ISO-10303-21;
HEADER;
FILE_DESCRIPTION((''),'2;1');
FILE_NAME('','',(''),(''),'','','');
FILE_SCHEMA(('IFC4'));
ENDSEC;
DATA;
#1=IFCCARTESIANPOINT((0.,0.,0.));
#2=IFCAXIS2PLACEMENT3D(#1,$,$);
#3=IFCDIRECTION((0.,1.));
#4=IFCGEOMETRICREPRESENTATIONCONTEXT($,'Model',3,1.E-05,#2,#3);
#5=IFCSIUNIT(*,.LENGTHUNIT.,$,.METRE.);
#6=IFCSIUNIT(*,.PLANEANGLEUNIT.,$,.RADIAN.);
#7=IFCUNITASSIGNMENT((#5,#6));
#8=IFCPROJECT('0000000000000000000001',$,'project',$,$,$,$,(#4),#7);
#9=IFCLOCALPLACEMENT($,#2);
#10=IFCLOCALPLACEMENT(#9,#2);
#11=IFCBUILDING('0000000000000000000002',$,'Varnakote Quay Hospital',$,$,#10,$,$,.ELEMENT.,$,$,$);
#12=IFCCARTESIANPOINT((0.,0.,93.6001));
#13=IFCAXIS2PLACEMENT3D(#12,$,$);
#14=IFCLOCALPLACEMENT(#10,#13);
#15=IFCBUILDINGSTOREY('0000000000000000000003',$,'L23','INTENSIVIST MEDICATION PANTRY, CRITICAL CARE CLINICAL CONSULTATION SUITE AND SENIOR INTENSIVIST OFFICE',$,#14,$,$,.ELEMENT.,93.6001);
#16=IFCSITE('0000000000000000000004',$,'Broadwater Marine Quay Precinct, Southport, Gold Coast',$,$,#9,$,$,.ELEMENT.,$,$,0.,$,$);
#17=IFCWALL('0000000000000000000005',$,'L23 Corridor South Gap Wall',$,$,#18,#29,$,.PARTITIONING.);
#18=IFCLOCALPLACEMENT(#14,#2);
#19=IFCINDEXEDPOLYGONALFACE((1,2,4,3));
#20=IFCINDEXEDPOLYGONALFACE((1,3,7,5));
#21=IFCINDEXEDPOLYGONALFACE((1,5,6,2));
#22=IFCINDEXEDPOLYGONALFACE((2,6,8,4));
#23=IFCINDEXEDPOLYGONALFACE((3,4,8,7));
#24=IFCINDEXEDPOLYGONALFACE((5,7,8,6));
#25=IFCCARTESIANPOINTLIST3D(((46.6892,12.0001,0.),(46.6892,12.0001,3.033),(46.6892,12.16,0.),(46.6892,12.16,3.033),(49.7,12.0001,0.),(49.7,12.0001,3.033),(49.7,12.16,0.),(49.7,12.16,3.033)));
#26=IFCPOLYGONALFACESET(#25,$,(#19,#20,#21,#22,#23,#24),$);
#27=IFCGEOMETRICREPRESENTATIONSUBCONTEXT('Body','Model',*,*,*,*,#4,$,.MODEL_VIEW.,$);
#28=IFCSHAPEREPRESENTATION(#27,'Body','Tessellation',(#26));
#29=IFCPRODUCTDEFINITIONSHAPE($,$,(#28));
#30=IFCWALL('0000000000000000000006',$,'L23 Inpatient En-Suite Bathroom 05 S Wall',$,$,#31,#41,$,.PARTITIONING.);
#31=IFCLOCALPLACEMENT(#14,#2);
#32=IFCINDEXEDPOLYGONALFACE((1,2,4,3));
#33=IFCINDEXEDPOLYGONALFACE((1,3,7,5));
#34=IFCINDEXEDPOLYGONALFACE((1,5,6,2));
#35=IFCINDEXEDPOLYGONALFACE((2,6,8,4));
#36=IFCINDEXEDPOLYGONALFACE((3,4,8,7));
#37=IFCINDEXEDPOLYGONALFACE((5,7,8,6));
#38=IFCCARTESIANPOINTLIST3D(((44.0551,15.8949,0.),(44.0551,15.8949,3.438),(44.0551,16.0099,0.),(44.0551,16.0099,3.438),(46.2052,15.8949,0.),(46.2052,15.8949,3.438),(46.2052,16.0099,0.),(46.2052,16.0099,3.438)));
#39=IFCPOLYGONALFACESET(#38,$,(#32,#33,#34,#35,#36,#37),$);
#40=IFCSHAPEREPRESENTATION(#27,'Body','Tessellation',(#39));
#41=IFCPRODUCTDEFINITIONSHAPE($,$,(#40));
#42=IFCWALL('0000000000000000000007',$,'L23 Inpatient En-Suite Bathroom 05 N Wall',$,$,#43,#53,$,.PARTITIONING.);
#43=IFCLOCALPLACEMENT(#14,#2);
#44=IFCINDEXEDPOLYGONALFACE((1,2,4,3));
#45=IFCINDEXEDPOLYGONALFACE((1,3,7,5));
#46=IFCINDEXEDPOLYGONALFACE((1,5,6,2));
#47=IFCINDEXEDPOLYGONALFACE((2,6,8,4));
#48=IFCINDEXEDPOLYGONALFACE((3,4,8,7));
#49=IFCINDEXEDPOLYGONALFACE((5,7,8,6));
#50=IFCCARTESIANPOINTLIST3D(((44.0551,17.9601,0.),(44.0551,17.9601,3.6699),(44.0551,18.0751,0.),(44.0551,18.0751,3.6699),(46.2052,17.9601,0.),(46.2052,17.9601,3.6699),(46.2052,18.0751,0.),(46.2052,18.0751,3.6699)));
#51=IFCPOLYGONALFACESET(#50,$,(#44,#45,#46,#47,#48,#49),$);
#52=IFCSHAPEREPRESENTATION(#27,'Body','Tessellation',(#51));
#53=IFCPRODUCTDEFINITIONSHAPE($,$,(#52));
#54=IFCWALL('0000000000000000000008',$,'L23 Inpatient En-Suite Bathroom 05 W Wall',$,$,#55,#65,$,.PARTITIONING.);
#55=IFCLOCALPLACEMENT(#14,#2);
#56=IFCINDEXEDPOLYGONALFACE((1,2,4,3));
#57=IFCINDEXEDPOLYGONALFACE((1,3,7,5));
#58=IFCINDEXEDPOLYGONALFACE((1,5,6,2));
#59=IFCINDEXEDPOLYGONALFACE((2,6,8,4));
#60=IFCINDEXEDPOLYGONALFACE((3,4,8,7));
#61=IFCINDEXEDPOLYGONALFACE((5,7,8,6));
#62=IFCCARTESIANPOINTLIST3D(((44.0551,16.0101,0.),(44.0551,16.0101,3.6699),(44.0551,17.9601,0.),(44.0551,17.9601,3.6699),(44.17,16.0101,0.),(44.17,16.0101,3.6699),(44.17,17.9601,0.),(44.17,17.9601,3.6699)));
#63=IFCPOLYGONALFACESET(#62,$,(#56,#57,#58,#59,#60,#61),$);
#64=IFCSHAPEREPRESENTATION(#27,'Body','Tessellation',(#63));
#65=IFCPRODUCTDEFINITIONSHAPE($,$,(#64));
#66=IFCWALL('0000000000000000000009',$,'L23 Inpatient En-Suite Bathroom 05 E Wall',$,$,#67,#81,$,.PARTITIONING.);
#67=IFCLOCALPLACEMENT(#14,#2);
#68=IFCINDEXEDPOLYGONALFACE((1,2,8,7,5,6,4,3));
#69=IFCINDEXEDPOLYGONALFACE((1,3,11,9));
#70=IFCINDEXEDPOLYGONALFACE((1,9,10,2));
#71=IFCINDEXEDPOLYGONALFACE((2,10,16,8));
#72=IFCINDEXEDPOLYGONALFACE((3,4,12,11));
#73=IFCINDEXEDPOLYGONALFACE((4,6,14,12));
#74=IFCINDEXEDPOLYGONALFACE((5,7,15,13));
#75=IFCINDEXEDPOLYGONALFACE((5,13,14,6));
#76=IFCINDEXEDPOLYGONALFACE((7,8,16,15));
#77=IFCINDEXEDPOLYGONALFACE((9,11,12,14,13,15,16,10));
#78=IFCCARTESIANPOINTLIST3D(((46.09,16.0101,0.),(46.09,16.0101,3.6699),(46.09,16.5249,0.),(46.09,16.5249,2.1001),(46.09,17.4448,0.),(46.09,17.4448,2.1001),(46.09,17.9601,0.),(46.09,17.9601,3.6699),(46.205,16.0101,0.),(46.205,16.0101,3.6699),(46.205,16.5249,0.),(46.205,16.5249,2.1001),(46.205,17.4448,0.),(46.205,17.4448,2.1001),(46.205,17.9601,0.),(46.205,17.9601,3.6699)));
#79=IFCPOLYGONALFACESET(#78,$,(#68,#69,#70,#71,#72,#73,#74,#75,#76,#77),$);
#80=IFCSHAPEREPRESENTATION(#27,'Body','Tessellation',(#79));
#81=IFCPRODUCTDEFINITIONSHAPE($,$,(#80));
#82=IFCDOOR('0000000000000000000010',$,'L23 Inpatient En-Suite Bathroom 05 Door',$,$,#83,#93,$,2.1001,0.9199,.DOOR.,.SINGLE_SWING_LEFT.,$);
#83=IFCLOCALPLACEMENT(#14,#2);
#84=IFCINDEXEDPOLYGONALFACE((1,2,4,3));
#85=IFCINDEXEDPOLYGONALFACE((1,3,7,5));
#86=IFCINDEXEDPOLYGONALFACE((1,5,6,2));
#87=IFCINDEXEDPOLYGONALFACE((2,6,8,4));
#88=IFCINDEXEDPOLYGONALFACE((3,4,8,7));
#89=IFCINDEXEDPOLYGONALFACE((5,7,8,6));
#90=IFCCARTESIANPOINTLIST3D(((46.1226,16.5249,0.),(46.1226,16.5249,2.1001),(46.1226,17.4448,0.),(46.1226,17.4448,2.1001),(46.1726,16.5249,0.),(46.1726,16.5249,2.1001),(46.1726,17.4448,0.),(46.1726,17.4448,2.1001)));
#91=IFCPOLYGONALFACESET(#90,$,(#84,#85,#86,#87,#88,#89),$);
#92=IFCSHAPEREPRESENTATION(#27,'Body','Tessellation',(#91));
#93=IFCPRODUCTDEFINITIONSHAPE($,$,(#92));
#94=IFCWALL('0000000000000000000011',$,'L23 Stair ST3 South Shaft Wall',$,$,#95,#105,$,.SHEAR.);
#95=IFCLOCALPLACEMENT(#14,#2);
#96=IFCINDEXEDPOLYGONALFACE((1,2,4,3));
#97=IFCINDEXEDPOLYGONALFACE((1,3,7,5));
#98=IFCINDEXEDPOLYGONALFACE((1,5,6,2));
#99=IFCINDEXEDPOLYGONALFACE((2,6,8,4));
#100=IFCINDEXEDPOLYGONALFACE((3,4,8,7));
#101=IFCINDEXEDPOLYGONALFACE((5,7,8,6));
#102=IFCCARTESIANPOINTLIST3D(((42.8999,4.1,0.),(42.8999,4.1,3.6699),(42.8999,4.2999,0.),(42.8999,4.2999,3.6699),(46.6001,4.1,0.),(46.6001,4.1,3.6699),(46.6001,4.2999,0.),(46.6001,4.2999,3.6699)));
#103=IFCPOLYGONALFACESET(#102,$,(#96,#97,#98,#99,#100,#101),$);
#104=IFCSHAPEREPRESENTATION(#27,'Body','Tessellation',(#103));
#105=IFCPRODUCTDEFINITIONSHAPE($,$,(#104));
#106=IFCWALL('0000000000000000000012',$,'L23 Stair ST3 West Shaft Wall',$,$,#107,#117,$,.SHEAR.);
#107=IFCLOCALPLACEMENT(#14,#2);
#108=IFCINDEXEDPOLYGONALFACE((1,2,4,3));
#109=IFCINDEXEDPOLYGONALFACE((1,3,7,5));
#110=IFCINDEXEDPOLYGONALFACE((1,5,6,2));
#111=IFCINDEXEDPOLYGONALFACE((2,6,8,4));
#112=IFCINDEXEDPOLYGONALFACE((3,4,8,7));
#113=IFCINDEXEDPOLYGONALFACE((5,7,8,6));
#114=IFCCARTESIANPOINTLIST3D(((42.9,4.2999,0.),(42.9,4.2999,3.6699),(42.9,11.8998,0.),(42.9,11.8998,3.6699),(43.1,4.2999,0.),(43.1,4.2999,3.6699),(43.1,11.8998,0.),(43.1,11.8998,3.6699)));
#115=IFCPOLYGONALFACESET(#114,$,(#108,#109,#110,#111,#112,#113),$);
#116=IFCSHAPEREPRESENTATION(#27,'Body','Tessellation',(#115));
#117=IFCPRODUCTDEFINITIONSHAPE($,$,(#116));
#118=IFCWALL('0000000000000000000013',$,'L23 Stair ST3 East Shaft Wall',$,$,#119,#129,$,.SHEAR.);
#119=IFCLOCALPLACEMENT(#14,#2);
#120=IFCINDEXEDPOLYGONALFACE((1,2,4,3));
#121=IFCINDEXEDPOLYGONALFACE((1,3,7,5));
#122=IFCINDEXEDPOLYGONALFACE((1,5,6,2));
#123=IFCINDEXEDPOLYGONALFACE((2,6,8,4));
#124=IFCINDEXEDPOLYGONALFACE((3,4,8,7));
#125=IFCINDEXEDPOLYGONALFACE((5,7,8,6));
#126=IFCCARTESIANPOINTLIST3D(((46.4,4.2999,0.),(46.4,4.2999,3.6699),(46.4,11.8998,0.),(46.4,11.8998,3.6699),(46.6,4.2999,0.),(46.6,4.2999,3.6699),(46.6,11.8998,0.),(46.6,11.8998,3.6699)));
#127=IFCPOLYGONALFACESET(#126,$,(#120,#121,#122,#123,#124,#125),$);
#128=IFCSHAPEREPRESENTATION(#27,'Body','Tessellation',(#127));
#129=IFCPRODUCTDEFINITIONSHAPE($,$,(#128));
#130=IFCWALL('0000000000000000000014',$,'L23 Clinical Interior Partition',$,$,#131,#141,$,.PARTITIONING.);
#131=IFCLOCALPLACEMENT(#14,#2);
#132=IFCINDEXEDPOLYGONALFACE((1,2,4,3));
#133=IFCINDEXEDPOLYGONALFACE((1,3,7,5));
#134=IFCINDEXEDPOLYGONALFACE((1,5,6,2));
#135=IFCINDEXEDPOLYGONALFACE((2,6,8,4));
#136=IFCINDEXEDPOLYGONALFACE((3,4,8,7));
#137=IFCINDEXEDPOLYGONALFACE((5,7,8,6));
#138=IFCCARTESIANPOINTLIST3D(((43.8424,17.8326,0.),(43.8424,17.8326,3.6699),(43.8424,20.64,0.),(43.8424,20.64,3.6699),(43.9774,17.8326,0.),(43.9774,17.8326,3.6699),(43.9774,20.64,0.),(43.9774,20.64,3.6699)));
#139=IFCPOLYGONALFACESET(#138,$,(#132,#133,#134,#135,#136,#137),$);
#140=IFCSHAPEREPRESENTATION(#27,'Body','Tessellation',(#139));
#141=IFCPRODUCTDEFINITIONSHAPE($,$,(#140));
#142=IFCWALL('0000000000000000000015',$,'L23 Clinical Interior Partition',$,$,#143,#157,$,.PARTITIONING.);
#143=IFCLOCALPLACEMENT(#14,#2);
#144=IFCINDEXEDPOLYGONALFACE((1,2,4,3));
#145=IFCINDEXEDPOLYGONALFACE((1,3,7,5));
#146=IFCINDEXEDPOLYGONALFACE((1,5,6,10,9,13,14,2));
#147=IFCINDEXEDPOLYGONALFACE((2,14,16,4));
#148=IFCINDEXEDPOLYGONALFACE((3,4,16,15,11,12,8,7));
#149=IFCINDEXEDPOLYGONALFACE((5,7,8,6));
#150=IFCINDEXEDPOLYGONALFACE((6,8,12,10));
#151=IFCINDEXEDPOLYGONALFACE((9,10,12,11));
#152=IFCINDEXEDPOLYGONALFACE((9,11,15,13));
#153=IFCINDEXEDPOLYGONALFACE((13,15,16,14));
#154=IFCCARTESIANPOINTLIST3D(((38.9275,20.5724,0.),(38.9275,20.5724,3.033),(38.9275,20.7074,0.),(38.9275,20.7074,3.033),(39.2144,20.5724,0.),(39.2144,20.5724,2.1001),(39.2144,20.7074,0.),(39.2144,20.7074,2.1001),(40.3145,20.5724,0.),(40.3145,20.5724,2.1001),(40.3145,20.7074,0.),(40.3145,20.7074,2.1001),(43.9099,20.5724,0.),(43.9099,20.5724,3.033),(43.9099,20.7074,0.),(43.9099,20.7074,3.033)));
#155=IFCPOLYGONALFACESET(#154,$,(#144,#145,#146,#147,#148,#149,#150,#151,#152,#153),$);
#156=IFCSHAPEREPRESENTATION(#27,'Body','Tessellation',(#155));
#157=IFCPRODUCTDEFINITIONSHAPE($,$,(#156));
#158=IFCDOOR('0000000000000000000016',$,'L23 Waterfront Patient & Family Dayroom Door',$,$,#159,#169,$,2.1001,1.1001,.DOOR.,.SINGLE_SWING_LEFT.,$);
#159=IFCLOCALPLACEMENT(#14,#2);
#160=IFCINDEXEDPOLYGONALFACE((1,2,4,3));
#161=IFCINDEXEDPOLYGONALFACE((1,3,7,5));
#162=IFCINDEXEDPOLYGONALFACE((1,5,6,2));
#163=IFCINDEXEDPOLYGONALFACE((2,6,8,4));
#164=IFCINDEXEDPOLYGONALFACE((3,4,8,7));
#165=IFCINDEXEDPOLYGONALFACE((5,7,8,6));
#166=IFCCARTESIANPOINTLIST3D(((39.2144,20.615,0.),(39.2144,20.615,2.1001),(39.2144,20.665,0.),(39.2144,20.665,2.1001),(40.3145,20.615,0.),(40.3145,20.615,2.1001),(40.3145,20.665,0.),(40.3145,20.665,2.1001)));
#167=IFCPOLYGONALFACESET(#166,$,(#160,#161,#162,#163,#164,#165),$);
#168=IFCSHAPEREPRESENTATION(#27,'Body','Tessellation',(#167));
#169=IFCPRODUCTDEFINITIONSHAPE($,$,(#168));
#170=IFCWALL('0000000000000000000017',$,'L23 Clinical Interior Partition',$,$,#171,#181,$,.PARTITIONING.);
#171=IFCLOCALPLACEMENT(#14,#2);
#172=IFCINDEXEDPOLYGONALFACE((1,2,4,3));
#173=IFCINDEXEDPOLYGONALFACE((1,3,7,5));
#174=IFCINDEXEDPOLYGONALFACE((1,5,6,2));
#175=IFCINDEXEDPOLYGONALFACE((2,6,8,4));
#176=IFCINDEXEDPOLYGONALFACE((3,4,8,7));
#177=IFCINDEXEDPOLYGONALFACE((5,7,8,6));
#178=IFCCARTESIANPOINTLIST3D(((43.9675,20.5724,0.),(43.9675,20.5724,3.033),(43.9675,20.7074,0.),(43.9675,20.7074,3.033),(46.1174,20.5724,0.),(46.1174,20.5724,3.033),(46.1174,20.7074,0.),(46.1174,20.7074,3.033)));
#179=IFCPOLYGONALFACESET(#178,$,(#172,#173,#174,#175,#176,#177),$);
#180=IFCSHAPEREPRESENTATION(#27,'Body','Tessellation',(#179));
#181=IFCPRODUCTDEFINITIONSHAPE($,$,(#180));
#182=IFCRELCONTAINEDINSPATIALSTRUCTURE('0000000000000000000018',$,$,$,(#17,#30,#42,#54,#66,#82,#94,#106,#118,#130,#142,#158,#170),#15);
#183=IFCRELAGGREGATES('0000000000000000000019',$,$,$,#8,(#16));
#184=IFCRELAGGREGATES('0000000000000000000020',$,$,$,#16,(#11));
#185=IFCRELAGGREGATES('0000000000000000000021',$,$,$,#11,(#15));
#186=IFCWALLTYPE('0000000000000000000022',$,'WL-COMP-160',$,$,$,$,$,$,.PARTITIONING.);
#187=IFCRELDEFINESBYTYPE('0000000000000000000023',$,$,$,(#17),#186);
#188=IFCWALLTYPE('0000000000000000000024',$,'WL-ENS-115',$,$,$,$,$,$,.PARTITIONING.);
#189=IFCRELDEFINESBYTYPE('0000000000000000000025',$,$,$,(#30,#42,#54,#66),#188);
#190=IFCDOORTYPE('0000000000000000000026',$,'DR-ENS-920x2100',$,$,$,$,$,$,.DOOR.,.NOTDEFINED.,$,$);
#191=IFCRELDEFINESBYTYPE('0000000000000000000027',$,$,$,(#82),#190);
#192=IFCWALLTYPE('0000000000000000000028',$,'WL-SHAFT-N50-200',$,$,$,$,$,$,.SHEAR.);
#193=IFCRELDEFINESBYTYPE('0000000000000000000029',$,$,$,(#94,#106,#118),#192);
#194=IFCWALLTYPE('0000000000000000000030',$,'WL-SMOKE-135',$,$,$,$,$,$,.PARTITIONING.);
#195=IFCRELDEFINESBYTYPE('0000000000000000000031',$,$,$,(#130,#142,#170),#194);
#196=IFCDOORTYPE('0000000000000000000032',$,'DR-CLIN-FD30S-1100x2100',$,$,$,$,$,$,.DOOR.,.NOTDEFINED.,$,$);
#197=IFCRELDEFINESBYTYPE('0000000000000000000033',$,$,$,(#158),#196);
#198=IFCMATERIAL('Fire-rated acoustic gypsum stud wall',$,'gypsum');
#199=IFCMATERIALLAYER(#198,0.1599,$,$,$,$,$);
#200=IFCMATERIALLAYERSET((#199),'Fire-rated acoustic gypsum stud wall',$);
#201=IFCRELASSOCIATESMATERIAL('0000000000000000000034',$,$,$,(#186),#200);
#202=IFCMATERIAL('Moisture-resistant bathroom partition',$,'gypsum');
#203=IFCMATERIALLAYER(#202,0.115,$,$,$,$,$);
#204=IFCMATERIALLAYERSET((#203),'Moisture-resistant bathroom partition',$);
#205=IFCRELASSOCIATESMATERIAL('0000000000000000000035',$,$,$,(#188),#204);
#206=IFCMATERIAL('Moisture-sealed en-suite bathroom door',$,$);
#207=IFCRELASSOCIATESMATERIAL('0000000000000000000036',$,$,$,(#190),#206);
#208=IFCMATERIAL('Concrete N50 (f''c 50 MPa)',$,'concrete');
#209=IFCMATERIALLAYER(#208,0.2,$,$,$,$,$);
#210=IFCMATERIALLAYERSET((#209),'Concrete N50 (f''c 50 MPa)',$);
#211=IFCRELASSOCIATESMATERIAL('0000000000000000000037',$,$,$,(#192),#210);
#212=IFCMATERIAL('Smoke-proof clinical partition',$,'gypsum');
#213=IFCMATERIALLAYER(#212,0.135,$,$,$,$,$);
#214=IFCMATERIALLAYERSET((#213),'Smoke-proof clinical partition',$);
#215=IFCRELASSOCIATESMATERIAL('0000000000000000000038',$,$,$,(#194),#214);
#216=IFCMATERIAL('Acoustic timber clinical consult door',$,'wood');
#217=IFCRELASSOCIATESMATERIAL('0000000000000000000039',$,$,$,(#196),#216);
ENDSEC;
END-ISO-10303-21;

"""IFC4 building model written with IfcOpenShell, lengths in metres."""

from ifc_helpers import new_model, si_unit, direction, frame, frame_2d, origin, place, context, subcontext, project, spatial, rectangle, extrude, material, layer, layer_set, type_object, element, fill, save


model = new_model("IFC4")

# Units and contexts
model_context = context("Model", 3, precision=1e-05, world=origin(), true_north=direction((0.0, 1.0)))
body_context = subcontext(model_context, "Body", "Model", "MODEL_VIEW")
ifc_project = project(units=[si_unit("LENGTHUNIT", "METRE"), si_unit("PLANEANGLEUNIT", "RADIAN")], contexts=[model_context])

# Site, building, storey
site_placement = place(None, origin())
site = spatial("IfcSite", under=ifc_project, at=site_placement, Name="Broadwater Marine Quay Precinct, Southport, Gold Coast", CompositionType="ELEMENT", RefElevation=0.0)
building_placement = place(site_placement, origin())
building = spatial("IfcBuilding", under=site, at=building_placement, Name="Varnakote Quay Hospital", CompositionType="ELEMENT")
storey_placement = place(building_placement, frame((0.0, 0.0, 93.6001)))
storey = spatial("IfcBuildingStorey", under=building, at=storey_placement, Name="L23", Description="INTENSIVIST MEDICATION PANTRY, CRITICAL CARE CLINICAL CONSULTATION SUITE AND SENIOR INTENSIVIST OFFICE", CompositionType="ELEMENT", Elevation=93.6001)

# Walls
ifc_material_1 = material(Name="Fire-rated acoustic gypsum stud wall", Category="gypsum")
ifc_layer_1 = layer(ifc_material_1, 0.1599)
ifc_layer_set_1 = layer_set([ifc_layer_1], Name="Fire-rated acoustic gypsum stud wall")
wall_type_1 = type_object("IfcWallType", Name="WL-COMP-160", PredefinedType="PARTITIONING", material=ifc_layer_set_1)
wall_1_placement = place(storey_placement, frame((46.6892, 12.0801, 0.0), z_axis=(0.0, 0.0, 1.0), x_axis=(1.0, 0.0, 0.0)))
element("IfcWall", 1, at=wall_1_placement, inside=storey, type_object=wall_type_1, Name="L23 Corridor South Gap Wall", PredefinedType="PARTITIONING", context=body_context, shape_type="SweptSolid", body=[
    extrude(rectangle(XDim=3.0107, YDim=0.1599, at=frame_2d((1.5054, 0.0))), origin(), (0.0, 0.0, 1.0), 3.033),
])
ifc_material_2 = material(Name="Moisture-resistant bathroom partition", Category="gypsum")
ifc_layer_2 = layer(ifc_material_2, 0.115)
ifc_layer_set_2 = layer_set([ifc_layer_2], Name="Moisture-resistant bathroom partition")
wall_type_2 = type_object("IfcWallType", Name="WL-ENS-115", PredefinedType="PARTITIONING", material=ifc_layer_set_2)
wall_2_placement = place(storey_placement, frame((44.0549, 15.9524, 0.0), z_axis=(0.0, 0.0, 1.0), x_axis=(1.0, 0.0, 0.0)))
element("IfcWall", 2, at=wall_2_placement, inside=storey, type_object=wall_type_2, Name="L23 Inpatient En-Suite Bathroom 05 S Wall", PredefinedType="PARTITIONING", context=body_context, shape_type="SweptSolid", body=[
    extrude(rectangle(XDim=2.1501, YDim=0.115, at=frame_2d((1.0752, 0.0))), origin(), (0.0, 0.0, 1.0), 3.438),
])
wall_3_placement = place(storey_placement, frame((44.0549, 18.0176, 0.0), z_axis=(0.0, 0.0, 1.0), x_axis=(1.0, 0.0, 0.0)))
element("IfcWall", 3, at=wall_3_placement, inside=storey, type_object=wall_type_2, Name="L23 Inpatient En-Suite Bathroom 05 N Wall", PredefinedType="PARTITIONING", context=body_context, shape_type="SweptSolid", body=[
    extrude(rectangle(XDim=2.1501, YDim=0.115, at=frame_2d((1.0752, 0.0))), origin(), (0.0, 0.0, 1.0), 3.6699),
])
wall_4_placement = place(storey_placement, frame((44.1125, 16.01, 0.0), z_axis=(0.0, 0.0, 1.0), x_axis=(0.0, 1.0, 0.0)))
element("IfcWall", 4, at=wall_4_placement, inside=storey, type_object=wall_type_2, Name="L23 Inpatient En-Suite Bathroom 05 W Wall", PredefinedType="PARTITIONING", context=body_context, shape_type="SweptSolid", body=[
    extrude(rectangle(XDim=1.95, YDim=0.115, at=frame_2d((0.9751, 0.0))), origin(), (0.0, 0.0, 1.0), 3.6699),
])

# Wall, opening, door
wall_5_placement = place(storey_placement, frame((46.1475, 16.01, 0.0), z_axis=(0.0, 0.0, 1.0), x_axis=(0.0, 1.0, 0.0)))
wall_5 = element("IfcWall", 5, at=wall_5_placement, inside=storey, type_object=wall_type_2, Name="L23 Inpatient En-Suite Bathroom 05 E Wall", PredefinedType="PARTITIONING", context=body_context, shape_type="SweptSolid", body=[
    extrude(rectangle(XDim=1.95, YDim=0.115, at=frame_2d((0.9751, 0.0))), origin(), (0.0, 0.0, 1.0), 3.6699),
])
opening_1_placement = place(wall_5_placement, frame((0.5149, 0.0, 0.0)))
opening_1 = element("IfcOpeningElement", 6, at=opening_1_placement, cuts=wall_5, PredefinedType="OPENING", context=body_context, shape_type="SweptSolid", body=[
    extrude(rectangle(XDim=0.9199, YDim=2.1001, at=frame_2d((0.46, 1.05))), frame((0.0, 0.0674, 0.0), z_axis=(0.0, -1.0, 0.0), x_axis=(1.0, 0.0, 0.0)), (0.0, 0.0, 1.0), 0.135),
])
ifc_material_3 = material(Name="Moisture-sealed en-suite bathroom door")
door_type_1 = type_object("IfcDoorType", Name="DR-ENS-920x2100", OperationType="NOTDEFINED", PredefinedType="DOOR", material=ifc_material_3)
door_1_placement = place(opening_1_placement, origin())
door_1 = element("IfcDoor", 7, at=door_1_placement, inside=storey, type_object=door_type_1, Name="L23 Inpatient En-Suite Bathroom 05 Door", OperationType="SINGLE_SWING_LEFT", OverallHeight=2.1001, OverallWidth=0.9199, PredefinedType="DOOR", context=body_context, shape_type="SweptSolid", body=[
    extrude(rectangle(XDim=0.9199, YDim=2.1001, at=frame_2d((0.46, 1.05))), frame((0.0, 0.0249, 0.0), z_axis=(0.0, -1.0, 0.0), x_axis=(1.0, 0.0, 0.0)), (0.0, 0.0, 1.0), 0.05),
])
fill(opening_1, door_1)

# Walls
ifc_material_4 = material(Name="Concrete N50 (f'c 50 MPa)", Category="concrete")
ifc_layer_3 = layer(ifc_material_4, 0.2)
ifc_layer_set_3 = layer_set([ifc_layer_3], Name="Concrete N50 (f'c 50 MPa)")
wall_type_3 = type_object("IfcWallType", Name="WL-SHAFT-N50-200", PredefinedType="SHEAR", material=ifc_layer_set_3)
wall_6_placement = place(storey_placement, frame((42.8999, 4.2, 0.0), z_axis=(0.0, 0.0, 1.0), x_axis=(1.0, 0.0, 0.0)))
element("IfcWall", 8, at=wall_6_placement, inside=storey, type_object=wall_type_3, Name="L23 Stair ST3 South Shaft Wall", PredefinedType="SHEAR", context=body_context, shape_type="SweptSolid", body=[
    extrude(rectangle(XDim=3.7002, YDim=0.2, at=frame_2d((1.8501, 0.0))), origin(), (0.0, 0.0, 1.0), 3.6699),
])
for number, where, z_axis, x_axis, name in (
    (9, (43.0, 4.3, 0.0), (0.0, 0.0, 1.0), (0.0, 1.0, 0.0), "L23 Stair ST3 West Shaft Wall"),
    (10, (46.5, 4.3, 0.0), (0.0, 0.0, 1.0), (0.0, 1.0, 0.0), "L23 Stair ST3 East Shaft Wall"),
):
    element("IfcWall", number, at=place(storey_placement, frame(where, z_axis=z_axis, x_axis=x_axis)), inside=storey, type_object=wall_type_3, Name=name, PredefinedType="SHEAR", context=body_context, shape_type="SweptSolid", body=[
        extrude(rectangle(XDim=7.5999, YDim=0.2, at=frame_2d((3.7998, 0.0))), origin(), (0.0, 0.0, 1.0), 3.6699),
    ])

# Wall
ifc_material_5 = material(Name="Smoke-proof clinical partition", Category="gypsum")
ifc_layer_4 = layer(ifc_material_5, 0.135)
ifc_layer_set_4 = layer_set([ifc_layer_4], Name="Smoke-proof clinical partition")
wall_type_4 = type_object("IfcWallType", Name="WL-SMOKE-135", PredefinedType="PARTITIONING", material=ifc_layer_set_4)
wall_7_placement = place(storey_placement, frame((43.9099, 17.8325, 0.0), z_axis=(0.0, 0.0, 1.0), x_axis=(0.0, 1.0, 0.0)))
element("IfcWall", 11, at=wall_7_placement, inside=storey, type_object=wall_type_4, Name="L23 Clinical Interior Partition", PredefinedType="PARTITIONING", context=body_context, shape_type="SweptSolid", body=[
    extrude(rectangle(XDim=2.8074, YDim=0.135, at=frame_2d((1.4038, 0.0))), origin(), (0.0, 0.0, 1.0), 3.6699),
])

# Wall, opening, door
wall_8_placement = place(storey_placement, frame((43.9099, 20.6399, 0.0), z_axis=(0.0, 0.0, 1.0), x_axis=(-1.0, 0.0, 0.0)))
wall_8 = element("IfcWall", 12, at=wall_8_placement, inside=storey, type_object=wall_type_4, Name="L23 Clinical Interior Partition", PredefinedType="PARTITIONING", context=body_context, shape_type="SweptSolid", body=[
    extrude(rectangle(XDim=4.9824, YDim=0.135, at=frame_2d((2.4912, 0.0))), origin(), (0.0, 0.0, 1.0), 3.033),
])
opening_2_placement = place(wall_8_placement, frame((3.5955, 0.0, 0.0)))
opening_2 = element("IfcOpeningElement", 13, at=opening_2_placement, cuts=wall_8, PredefinedType="OPENING", context=body_context, shape_type="SweptSolid", body=[
    extrude(rectangle(XDim=1.1001, YDim=2.1001, at=frame_2d((0.55, 1.05))), frame((0.0, 0.0774, 0.0), z_axis=(0.0, -1.0, 0.0), x_axis=(1.0, 0.0, 0.0)), (0.0, 0.0, 1.0), 0.155),
])
ifc_material_6 = material(Name="Acoustic timber clinical consult door", Category="wood")
door_type_2 = type_object("IfcDoorType", Name="DR-CLIN-FD30S-1100x2100", OperationType="NOTDEFINED", PredefinedType="DOOR", material=ifc_material_6)
door_2_placement = place(opening_2_placement, origin())
door_2 = element("IfcDoor", 14, at=door_2_placement, inside=storey, type_object=door_type_2, Name="L23 Waterfront Patient & Family Dayroom Door", OperationType="SINGLE_SWING_LEFT", OverallHeight=2.1001, OverallWidth=1.1001, PredefinedType="DOOR", context=body_context, shape_type="SweptSolid", body=[
    extrude(rectangle(XDim=1.1001, YDim=2.1001, at=frame_2d((0.55, 1.05))), frame((0.0, 0.0249, 0.0), z_axis=(0.0, -1.0, 0.0), x_axis=(1.0, 0.0, 0.0)), (0.0, 0.0, 1.0), 0.05),
])
fill(opening_2, door_2)

# Wall
wall_9_placement = place(storey_placement, frame((46.1174, 20.6399, 0.0), z_axis=(0.0, 0.0, 1.0), x_axis=(-1.0, 0.0, 0.0)))
element("IfcWall", 15, at=wall_9_placement, inside=storey, type_object=wall_type_4, Name="L23 Clinical Interior Partition", PredefinedType="PARTITIONING", context=body_context, shape_type="SweptSolid", body=[
    extrude(rectangle(XDim=2.1499, YDim=0.135, at=frame_2d((1.075, 0.0))), origin(), (0.0, 0.0, 1.0), 3.033),
])

save(model, "model.ifc")
